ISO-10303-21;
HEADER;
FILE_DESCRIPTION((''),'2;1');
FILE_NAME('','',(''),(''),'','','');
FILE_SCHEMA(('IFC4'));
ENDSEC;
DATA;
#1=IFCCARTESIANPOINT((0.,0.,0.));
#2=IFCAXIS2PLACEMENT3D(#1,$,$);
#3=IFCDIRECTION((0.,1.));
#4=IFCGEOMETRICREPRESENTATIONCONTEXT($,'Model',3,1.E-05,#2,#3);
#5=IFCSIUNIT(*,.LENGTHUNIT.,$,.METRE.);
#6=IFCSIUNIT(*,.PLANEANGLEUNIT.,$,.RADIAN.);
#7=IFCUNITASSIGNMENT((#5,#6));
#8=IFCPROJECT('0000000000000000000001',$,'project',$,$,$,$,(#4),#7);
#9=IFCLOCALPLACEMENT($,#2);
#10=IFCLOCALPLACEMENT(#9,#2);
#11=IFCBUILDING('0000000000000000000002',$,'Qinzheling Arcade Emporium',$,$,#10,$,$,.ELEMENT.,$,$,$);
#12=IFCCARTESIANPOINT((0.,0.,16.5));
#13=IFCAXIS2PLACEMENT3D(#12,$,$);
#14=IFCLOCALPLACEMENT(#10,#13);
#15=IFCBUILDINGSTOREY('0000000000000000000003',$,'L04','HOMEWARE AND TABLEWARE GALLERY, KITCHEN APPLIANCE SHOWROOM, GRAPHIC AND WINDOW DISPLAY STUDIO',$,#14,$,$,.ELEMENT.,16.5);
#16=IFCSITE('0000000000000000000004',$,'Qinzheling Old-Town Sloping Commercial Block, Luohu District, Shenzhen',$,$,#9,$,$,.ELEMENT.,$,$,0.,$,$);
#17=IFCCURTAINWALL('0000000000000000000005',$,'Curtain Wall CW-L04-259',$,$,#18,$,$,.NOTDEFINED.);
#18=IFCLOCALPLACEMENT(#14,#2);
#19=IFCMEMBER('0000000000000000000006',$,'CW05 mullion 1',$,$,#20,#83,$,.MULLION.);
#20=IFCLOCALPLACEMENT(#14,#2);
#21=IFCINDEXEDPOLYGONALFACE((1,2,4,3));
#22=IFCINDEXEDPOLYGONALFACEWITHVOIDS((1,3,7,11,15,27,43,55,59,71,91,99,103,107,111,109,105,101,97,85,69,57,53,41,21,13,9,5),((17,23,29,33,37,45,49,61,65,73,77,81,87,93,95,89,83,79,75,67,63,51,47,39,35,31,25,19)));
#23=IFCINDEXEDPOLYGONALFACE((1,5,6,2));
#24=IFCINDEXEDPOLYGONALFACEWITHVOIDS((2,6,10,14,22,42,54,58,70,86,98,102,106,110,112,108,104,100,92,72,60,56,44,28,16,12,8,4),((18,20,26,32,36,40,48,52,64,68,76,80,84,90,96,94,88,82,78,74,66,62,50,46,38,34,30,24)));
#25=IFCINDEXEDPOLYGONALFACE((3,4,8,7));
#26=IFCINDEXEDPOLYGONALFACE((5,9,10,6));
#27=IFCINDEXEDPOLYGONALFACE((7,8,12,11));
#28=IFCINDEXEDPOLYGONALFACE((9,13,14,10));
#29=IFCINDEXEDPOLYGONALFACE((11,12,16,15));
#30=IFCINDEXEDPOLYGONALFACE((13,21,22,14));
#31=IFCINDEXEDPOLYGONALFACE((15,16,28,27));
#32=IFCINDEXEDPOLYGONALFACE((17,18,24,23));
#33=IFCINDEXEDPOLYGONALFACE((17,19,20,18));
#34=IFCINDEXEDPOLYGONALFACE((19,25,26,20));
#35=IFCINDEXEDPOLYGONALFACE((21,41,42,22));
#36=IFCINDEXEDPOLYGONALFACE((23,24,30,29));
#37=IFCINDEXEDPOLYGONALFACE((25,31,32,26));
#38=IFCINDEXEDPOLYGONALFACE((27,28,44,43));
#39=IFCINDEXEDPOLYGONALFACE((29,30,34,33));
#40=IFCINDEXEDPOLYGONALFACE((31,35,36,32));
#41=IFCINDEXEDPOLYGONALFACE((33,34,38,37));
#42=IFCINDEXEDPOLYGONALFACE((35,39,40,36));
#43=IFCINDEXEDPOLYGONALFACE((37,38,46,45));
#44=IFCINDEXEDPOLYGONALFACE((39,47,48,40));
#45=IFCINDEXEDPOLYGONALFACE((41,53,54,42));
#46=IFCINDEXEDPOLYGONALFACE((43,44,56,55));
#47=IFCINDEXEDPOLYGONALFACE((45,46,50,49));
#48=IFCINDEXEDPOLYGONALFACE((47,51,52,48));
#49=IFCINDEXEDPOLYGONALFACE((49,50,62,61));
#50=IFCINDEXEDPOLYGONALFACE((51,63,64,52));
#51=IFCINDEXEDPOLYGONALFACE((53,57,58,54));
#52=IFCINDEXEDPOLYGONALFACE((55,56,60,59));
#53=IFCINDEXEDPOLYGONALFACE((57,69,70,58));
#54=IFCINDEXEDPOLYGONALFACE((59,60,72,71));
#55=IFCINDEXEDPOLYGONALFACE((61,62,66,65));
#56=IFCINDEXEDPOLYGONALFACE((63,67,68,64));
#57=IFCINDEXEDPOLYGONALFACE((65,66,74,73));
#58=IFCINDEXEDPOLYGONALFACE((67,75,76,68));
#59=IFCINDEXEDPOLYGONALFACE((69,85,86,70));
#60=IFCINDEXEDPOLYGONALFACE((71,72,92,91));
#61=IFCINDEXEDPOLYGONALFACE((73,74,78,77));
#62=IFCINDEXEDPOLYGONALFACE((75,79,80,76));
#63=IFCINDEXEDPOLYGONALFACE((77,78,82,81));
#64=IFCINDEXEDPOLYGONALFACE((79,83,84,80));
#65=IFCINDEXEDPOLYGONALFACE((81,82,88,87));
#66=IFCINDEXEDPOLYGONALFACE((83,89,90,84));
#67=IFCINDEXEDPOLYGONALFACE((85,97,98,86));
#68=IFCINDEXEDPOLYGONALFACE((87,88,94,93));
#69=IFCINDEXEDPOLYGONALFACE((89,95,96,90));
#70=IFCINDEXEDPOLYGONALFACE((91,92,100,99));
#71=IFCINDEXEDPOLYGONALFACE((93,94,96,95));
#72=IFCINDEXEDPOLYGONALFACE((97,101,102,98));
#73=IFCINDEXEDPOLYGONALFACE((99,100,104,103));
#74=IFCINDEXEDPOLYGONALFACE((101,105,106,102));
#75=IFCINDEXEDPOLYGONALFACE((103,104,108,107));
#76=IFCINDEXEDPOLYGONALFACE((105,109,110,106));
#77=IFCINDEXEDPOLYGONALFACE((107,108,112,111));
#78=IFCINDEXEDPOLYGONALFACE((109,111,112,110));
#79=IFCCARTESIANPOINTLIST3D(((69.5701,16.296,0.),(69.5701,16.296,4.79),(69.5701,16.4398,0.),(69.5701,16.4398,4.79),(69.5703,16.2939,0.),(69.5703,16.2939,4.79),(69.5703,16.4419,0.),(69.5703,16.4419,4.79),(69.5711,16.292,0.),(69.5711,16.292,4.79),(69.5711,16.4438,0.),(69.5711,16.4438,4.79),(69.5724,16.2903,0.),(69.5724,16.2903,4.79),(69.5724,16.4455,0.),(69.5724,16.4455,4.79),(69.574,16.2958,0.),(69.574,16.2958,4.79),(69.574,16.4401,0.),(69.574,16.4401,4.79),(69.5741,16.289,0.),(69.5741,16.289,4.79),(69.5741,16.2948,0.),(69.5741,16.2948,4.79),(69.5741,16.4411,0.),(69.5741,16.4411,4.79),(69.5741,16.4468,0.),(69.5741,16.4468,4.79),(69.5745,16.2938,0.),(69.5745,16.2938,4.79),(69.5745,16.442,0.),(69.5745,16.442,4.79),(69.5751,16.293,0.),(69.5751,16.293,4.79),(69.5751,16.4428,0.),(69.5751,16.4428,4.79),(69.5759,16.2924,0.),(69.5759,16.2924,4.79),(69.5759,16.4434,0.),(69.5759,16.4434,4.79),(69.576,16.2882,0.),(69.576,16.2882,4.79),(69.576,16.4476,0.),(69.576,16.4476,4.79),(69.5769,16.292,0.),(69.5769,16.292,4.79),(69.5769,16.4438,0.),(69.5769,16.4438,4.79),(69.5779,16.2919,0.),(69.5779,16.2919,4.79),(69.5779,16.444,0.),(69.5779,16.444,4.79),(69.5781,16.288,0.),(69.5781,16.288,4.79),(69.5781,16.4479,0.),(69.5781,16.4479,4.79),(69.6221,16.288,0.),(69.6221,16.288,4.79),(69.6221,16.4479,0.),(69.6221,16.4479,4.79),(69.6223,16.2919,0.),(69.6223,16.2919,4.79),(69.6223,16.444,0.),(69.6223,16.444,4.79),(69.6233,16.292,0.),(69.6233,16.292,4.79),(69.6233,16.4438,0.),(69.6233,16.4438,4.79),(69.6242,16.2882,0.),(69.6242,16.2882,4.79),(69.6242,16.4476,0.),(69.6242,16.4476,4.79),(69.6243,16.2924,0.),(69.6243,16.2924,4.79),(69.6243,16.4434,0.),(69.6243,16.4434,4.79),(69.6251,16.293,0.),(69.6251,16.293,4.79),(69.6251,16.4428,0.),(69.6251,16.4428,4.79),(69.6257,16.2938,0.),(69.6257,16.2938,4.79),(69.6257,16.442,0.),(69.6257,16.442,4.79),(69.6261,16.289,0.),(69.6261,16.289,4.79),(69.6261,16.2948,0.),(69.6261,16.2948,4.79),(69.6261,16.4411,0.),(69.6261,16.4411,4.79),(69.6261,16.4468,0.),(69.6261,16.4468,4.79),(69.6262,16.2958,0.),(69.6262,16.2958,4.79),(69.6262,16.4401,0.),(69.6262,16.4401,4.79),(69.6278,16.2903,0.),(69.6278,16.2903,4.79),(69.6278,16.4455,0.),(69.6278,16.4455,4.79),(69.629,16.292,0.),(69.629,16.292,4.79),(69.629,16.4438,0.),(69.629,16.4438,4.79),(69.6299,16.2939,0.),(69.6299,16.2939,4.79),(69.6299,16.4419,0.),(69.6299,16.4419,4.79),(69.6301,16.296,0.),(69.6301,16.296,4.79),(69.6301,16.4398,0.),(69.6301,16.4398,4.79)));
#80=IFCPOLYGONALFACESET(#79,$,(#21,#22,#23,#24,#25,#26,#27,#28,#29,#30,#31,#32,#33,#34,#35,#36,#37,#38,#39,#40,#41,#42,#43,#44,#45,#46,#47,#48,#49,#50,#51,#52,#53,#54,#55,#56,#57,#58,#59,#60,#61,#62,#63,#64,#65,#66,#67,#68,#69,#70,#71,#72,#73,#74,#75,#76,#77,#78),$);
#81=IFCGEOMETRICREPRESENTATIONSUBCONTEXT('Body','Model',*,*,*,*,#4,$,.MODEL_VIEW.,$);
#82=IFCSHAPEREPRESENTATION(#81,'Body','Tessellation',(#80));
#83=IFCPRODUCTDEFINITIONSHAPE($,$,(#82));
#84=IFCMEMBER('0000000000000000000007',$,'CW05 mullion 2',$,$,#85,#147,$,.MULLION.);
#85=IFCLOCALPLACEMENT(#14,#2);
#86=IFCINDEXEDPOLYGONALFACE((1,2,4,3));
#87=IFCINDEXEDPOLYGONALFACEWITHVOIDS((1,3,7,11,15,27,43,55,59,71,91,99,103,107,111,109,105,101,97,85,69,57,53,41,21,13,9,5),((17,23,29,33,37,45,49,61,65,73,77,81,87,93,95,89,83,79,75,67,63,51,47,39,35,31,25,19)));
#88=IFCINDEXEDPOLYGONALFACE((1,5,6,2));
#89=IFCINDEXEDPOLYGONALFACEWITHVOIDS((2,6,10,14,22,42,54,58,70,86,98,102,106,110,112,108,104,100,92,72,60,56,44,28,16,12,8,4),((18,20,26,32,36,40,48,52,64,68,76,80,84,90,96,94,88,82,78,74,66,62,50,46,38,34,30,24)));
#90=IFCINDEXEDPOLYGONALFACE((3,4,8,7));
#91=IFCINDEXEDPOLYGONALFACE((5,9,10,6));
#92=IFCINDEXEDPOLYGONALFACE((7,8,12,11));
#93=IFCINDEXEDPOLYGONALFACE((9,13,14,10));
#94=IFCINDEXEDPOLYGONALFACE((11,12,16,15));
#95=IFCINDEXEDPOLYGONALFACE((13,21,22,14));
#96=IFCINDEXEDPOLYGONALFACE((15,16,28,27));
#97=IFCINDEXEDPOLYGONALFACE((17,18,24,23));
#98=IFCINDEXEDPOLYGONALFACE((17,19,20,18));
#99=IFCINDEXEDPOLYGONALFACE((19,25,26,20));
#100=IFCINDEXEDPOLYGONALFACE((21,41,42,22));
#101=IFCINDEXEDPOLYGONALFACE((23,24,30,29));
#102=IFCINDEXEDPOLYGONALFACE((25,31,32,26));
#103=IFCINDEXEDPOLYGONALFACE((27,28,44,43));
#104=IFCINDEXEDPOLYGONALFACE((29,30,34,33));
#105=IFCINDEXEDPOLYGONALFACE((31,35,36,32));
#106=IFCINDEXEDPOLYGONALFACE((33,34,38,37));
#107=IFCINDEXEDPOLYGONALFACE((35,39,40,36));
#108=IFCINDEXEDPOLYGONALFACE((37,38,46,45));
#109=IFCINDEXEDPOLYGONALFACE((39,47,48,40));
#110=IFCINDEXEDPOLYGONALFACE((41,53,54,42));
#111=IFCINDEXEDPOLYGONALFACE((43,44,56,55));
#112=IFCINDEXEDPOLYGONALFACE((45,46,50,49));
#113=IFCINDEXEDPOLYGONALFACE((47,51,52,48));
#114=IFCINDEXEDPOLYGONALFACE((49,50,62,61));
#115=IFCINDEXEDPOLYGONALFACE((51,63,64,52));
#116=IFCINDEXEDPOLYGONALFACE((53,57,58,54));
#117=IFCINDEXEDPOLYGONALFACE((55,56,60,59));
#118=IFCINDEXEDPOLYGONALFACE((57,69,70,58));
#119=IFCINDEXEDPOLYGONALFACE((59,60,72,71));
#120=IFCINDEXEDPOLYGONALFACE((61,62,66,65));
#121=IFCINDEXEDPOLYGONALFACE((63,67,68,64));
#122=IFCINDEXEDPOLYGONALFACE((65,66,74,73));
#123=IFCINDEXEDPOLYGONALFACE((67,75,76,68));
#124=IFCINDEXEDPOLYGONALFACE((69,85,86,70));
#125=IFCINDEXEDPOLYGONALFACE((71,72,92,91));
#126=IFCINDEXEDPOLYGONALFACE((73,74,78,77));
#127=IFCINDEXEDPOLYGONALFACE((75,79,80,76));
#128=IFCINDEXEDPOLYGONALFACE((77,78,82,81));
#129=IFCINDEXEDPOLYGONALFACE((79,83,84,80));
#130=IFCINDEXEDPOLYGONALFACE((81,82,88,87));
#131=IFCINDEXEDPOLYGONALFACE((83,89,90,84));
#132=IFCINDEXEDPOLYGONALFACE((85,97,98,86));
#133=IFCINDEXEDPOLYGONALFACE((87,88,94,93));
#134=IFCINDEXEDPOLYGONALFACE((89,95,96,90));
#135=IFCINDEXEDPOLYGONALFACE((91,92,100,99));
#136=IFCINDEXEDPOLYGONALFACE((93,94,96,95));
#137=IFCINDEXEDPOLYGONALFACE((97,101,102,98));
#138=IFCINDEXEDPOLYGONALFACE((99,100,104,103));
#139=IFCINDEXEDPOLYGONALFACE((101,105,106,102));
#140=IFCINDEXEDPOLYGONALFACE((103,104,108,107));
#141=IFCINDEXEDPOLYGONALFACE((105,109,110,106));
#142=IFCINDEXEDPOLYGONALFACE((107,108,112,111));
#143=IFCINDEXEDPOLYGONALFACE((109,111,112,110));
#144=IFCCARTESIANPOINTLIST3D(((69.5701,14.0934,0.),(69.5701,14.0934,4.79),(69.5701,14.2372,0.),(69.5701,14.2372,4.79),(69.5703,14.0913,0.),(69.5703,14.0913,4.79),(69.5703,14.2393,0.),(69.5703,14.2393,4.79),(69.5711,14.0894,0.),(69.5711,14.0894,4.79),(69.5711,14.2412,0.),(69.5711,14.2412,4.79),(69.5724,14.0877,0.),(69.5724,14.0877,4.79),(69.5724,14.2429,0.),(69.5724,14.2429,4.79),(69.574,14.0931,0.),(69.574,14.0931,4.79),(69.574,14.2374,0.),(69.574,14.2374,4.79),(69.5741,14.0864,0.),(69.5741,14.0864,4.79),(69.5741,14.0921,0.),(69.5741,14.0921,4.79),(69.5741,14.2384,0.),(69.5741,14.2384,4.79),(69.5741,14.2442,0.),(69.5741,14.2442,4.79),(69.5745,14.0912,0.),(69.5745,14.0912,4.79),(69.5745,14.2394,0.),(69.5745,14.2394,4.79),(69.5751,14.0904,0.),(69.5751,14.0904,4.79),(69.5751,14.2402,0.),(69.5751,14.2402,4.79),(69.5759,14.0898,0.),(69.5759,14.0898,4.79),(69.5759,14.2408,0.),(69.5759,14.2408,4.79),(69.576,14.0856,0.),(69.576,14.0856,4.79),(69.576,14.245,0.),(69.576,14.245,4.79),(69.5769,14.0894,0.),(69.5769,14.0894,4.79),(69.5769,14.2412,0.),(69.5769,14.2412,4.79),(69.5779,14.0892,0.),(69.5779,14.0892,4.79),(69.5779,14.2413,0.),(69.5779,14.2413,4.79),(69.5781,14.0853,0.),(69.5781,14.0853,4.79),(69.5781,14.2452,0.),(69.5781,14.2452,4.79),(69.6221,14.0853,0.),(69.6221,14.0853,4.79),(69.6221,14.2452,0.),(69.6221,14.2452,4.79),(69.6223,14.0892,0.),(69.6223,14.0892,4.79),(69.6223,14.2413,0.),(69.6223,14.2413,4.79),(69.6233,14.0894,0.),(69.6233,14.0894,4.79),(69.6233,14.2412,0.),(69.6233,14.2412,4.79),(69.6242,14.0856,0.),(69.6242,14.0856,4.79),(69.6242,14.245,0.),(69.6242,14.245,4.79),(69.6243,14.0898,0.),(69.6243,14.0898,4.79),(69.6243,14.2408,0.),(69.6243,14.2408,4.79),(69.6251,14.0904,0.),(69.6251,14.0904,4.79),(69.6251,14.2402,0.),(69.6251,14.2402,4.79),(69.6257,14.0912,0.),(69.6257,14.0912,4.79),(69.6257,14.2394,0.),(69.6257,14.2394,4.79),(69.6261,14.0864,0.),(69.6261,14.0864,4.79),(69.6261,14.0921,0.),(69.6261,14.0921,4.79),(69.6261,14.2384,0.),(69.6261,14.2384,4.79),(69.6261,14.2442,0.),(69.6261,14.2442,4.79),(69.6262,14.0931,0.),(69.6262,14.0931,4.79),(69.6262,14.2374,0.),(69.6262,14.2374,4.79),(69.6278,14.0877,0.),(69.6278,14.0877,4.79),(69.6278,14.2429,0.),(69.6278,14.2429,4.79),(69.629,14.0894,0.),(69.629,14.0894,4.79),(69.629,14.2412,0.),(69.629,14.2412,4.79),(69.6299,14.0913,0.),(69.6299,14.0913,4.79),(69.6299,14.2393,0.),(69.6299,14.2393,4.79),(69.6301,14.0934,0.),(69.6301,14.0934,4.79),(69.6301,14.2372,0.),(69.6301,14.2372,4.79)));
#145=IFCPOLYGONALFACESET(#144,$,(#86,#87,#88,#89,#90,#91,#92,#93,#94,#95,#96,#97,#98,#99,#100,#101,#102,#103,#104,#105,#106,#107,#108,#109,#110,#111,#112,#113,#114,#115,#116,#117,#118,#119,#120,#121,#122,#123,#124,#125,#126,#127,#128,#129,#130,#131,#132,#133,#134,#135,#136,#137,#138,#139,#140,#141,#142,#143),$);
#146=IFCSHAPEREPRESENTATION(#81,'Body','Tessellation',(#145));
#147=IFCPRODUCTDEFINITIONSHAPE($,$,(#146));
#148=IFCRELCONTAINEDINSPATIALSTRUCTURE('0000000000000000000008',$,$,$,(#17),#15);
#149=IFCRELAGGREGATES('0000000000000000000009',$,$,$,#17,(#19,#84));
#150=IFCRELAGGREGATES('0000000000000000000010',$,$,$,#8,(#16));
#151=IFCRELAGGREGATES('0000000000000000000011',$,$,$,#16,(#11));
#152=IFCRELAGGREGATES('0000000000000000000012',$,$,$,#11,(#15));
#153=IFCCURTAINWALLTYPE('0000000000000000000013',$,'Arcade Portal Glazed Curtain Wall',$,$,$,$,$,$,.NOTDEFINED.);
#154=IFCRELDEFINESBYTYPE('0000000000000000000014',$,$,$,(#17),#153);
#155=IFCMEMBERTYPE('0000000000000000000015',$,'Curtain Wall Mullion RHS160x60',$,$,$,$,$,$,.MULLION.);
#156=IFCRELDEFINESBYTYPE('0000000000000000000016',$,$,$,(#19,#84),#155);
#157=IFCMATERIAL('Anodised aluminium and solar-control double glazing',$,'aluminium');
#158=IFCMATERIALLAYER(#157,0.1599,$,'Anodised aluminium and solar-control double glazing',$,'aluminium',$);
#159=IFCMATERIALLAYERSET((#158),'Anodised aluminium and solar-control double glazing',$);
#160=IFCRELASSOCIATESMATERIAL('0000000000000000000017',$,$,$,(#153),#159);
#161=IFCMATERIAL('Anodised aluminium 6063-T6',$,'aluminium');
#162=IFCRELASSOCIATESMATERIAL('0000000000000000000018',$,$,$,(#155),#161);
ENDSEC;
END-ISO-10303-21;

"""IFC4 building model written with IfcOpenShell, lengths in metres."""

from ifc_helpers import new_model, si_unit, direction, frame, origin, origin_2d, place, context, subcontext, project, spatial, hollow_rectangle, extrude, material, layer, layer_set, material_profile, profile_set, type_object, element, aggregate, save


model = new_model("IFC4")

# Units and contexts
model_context = context("Model", 3, precision=1e-05, world=origin(), true_north=direction((0.0, 1.0)))
body_context = subcontext(model_context, "Body", "Model", "MODEL_VIEW")
ifc_project = project(units=[si_unit("LENGTHUNIT", "METRE"), si_unit("PLANEANGLEUNIT", "RADIAN")], contexts=[model_context])

# Site, building, storey
site_placement = place(None, origin())
site = spatial("IfcSite", under=ifc_project, at=site_placement, Name="Qinzheling Old-Town Sloping Commercial Block, Luohu District, Shenzhen", CompositionType="ELEMENT", RefElevation=0.0)
building_placement = place(site_placement, origin())
building = spatial("IfcBuilding", under=site, at=building_placement, Name="Qinzheling Arcade Emporium", CompositionType="ELEMENT")
storey_placement = place(building_placement, frame((0.0, 0.0, 16.5)))
storey = spatial("IfcBuildingStorey", under=building, at=storey_placement, Name="L04", Description="HOMEWARE AND TABLEWARE GALLERY, KITCHEN APPLIANCE SHOWROOM, GRAPHIC AND WINDOW DISPLAY STUDIO", CompositionType="ELEMENT", Elevation=16.5)

# Curtain wall, members
ifc_material_1 = material(Name="Anodised aluminium and solar-control double glazing", Category="aluminium")
ifc_layer_1 = layer(ifc_material_1, 0.1599, Name="Anodised aluminium and solar-control double glazing", Category="aluminium")
ifc_layer_set_1 = layer_set([ifc_layer_1], Name="Anodised aluminium and solar-control double glazing")
curtain_wall_type = type_object("IfcCurtainWallType", Name="Arcade Portal Glazed Curtain Wall", PredefinedType="NOTDEFINED", material=ifc_layer_set_1)
ifc_material_2 = material(Name="Anodised aluminium 6063-T6", Category="aluminium")
ifc_material_profile_1 = material_profile(ifc_material_2, hollow_rectangle(XDim=0.0601, YDim=0.1599, WallThickness=0.0039, InnerFilletRadius=0.0039, OuterFilletRadius=0.0081, at=origin_2d()), Name="RHS 160x60x4", Category="aluminium")
ifc_profile_set_1 = profile_set([ifc_material_profile_1], Name="Anodised aluminium 6063-T6")
member_type_1 = type_object("IfcMemberType", Name="Curtain Wall Mullion RHS160x60", PredefinedType="MULLION", material=ifc_profile_set_1)
curtain_wall_1_placement = place(storey_placement, origin())
curtain_wall_1 = element("IfcCurtainWall", 1, at=curtain_wall_1_placement, inside=storey, type_object=curtain_wall_type, Name="Curtain Wall CW-L04-259", PredefinedType="NOTDEFINED")
member_1_placement = place(storey_placement, frame((69.6001, 16.3679, 0.0), z_axis=(0.0, 0.0, 1.0), x_axis=(1.0, 0.0, 0.0)))
member_1 = element("IfcMember", 2, at=member_1_placement, type_object=member_type_1, Name="CW05 mullion 1", PredefinedType="MULLION", context=body_context, shape_type="SweptSolid", body=[
    extrude(hollow_rectangle(XDim=0.0601, YDim=0.1599, WallThickness=0.0039, InnerFilletRadius=0.0039, OuterFilletRadius=0.0081, at=origin_2d()), origin(), (0.0, 0.0, 1.0), 4.79),
])
member_2_placement = place(storey_placement, frame((69.6001, 14.1653, 0.0), z_axis=(0.0, 0.0, 1.0), x_axis=(1.0, 0.0, 0.0)))
member_2 = element("IfcMember", 3, at=member_2_placement, type_object=member_type_1, Name="CW05 mullion 2", PredefinedType="MULLION", context=body_context, shape_type="SweptSolid", body=[
    extrude(hollow_rectangle(XDim=0.0601, YDim=0.1599, WallThickness=0.0039, InnerFilletRadius=0.0039, OuterFilletRadius=0.0081, at=origin_2d()), origin(), (0.0, 0.0, 1.0), 4.79),
])

aggregate(curtain_wall_1, [member_1, member_2])

save(model, "model.ifc")
